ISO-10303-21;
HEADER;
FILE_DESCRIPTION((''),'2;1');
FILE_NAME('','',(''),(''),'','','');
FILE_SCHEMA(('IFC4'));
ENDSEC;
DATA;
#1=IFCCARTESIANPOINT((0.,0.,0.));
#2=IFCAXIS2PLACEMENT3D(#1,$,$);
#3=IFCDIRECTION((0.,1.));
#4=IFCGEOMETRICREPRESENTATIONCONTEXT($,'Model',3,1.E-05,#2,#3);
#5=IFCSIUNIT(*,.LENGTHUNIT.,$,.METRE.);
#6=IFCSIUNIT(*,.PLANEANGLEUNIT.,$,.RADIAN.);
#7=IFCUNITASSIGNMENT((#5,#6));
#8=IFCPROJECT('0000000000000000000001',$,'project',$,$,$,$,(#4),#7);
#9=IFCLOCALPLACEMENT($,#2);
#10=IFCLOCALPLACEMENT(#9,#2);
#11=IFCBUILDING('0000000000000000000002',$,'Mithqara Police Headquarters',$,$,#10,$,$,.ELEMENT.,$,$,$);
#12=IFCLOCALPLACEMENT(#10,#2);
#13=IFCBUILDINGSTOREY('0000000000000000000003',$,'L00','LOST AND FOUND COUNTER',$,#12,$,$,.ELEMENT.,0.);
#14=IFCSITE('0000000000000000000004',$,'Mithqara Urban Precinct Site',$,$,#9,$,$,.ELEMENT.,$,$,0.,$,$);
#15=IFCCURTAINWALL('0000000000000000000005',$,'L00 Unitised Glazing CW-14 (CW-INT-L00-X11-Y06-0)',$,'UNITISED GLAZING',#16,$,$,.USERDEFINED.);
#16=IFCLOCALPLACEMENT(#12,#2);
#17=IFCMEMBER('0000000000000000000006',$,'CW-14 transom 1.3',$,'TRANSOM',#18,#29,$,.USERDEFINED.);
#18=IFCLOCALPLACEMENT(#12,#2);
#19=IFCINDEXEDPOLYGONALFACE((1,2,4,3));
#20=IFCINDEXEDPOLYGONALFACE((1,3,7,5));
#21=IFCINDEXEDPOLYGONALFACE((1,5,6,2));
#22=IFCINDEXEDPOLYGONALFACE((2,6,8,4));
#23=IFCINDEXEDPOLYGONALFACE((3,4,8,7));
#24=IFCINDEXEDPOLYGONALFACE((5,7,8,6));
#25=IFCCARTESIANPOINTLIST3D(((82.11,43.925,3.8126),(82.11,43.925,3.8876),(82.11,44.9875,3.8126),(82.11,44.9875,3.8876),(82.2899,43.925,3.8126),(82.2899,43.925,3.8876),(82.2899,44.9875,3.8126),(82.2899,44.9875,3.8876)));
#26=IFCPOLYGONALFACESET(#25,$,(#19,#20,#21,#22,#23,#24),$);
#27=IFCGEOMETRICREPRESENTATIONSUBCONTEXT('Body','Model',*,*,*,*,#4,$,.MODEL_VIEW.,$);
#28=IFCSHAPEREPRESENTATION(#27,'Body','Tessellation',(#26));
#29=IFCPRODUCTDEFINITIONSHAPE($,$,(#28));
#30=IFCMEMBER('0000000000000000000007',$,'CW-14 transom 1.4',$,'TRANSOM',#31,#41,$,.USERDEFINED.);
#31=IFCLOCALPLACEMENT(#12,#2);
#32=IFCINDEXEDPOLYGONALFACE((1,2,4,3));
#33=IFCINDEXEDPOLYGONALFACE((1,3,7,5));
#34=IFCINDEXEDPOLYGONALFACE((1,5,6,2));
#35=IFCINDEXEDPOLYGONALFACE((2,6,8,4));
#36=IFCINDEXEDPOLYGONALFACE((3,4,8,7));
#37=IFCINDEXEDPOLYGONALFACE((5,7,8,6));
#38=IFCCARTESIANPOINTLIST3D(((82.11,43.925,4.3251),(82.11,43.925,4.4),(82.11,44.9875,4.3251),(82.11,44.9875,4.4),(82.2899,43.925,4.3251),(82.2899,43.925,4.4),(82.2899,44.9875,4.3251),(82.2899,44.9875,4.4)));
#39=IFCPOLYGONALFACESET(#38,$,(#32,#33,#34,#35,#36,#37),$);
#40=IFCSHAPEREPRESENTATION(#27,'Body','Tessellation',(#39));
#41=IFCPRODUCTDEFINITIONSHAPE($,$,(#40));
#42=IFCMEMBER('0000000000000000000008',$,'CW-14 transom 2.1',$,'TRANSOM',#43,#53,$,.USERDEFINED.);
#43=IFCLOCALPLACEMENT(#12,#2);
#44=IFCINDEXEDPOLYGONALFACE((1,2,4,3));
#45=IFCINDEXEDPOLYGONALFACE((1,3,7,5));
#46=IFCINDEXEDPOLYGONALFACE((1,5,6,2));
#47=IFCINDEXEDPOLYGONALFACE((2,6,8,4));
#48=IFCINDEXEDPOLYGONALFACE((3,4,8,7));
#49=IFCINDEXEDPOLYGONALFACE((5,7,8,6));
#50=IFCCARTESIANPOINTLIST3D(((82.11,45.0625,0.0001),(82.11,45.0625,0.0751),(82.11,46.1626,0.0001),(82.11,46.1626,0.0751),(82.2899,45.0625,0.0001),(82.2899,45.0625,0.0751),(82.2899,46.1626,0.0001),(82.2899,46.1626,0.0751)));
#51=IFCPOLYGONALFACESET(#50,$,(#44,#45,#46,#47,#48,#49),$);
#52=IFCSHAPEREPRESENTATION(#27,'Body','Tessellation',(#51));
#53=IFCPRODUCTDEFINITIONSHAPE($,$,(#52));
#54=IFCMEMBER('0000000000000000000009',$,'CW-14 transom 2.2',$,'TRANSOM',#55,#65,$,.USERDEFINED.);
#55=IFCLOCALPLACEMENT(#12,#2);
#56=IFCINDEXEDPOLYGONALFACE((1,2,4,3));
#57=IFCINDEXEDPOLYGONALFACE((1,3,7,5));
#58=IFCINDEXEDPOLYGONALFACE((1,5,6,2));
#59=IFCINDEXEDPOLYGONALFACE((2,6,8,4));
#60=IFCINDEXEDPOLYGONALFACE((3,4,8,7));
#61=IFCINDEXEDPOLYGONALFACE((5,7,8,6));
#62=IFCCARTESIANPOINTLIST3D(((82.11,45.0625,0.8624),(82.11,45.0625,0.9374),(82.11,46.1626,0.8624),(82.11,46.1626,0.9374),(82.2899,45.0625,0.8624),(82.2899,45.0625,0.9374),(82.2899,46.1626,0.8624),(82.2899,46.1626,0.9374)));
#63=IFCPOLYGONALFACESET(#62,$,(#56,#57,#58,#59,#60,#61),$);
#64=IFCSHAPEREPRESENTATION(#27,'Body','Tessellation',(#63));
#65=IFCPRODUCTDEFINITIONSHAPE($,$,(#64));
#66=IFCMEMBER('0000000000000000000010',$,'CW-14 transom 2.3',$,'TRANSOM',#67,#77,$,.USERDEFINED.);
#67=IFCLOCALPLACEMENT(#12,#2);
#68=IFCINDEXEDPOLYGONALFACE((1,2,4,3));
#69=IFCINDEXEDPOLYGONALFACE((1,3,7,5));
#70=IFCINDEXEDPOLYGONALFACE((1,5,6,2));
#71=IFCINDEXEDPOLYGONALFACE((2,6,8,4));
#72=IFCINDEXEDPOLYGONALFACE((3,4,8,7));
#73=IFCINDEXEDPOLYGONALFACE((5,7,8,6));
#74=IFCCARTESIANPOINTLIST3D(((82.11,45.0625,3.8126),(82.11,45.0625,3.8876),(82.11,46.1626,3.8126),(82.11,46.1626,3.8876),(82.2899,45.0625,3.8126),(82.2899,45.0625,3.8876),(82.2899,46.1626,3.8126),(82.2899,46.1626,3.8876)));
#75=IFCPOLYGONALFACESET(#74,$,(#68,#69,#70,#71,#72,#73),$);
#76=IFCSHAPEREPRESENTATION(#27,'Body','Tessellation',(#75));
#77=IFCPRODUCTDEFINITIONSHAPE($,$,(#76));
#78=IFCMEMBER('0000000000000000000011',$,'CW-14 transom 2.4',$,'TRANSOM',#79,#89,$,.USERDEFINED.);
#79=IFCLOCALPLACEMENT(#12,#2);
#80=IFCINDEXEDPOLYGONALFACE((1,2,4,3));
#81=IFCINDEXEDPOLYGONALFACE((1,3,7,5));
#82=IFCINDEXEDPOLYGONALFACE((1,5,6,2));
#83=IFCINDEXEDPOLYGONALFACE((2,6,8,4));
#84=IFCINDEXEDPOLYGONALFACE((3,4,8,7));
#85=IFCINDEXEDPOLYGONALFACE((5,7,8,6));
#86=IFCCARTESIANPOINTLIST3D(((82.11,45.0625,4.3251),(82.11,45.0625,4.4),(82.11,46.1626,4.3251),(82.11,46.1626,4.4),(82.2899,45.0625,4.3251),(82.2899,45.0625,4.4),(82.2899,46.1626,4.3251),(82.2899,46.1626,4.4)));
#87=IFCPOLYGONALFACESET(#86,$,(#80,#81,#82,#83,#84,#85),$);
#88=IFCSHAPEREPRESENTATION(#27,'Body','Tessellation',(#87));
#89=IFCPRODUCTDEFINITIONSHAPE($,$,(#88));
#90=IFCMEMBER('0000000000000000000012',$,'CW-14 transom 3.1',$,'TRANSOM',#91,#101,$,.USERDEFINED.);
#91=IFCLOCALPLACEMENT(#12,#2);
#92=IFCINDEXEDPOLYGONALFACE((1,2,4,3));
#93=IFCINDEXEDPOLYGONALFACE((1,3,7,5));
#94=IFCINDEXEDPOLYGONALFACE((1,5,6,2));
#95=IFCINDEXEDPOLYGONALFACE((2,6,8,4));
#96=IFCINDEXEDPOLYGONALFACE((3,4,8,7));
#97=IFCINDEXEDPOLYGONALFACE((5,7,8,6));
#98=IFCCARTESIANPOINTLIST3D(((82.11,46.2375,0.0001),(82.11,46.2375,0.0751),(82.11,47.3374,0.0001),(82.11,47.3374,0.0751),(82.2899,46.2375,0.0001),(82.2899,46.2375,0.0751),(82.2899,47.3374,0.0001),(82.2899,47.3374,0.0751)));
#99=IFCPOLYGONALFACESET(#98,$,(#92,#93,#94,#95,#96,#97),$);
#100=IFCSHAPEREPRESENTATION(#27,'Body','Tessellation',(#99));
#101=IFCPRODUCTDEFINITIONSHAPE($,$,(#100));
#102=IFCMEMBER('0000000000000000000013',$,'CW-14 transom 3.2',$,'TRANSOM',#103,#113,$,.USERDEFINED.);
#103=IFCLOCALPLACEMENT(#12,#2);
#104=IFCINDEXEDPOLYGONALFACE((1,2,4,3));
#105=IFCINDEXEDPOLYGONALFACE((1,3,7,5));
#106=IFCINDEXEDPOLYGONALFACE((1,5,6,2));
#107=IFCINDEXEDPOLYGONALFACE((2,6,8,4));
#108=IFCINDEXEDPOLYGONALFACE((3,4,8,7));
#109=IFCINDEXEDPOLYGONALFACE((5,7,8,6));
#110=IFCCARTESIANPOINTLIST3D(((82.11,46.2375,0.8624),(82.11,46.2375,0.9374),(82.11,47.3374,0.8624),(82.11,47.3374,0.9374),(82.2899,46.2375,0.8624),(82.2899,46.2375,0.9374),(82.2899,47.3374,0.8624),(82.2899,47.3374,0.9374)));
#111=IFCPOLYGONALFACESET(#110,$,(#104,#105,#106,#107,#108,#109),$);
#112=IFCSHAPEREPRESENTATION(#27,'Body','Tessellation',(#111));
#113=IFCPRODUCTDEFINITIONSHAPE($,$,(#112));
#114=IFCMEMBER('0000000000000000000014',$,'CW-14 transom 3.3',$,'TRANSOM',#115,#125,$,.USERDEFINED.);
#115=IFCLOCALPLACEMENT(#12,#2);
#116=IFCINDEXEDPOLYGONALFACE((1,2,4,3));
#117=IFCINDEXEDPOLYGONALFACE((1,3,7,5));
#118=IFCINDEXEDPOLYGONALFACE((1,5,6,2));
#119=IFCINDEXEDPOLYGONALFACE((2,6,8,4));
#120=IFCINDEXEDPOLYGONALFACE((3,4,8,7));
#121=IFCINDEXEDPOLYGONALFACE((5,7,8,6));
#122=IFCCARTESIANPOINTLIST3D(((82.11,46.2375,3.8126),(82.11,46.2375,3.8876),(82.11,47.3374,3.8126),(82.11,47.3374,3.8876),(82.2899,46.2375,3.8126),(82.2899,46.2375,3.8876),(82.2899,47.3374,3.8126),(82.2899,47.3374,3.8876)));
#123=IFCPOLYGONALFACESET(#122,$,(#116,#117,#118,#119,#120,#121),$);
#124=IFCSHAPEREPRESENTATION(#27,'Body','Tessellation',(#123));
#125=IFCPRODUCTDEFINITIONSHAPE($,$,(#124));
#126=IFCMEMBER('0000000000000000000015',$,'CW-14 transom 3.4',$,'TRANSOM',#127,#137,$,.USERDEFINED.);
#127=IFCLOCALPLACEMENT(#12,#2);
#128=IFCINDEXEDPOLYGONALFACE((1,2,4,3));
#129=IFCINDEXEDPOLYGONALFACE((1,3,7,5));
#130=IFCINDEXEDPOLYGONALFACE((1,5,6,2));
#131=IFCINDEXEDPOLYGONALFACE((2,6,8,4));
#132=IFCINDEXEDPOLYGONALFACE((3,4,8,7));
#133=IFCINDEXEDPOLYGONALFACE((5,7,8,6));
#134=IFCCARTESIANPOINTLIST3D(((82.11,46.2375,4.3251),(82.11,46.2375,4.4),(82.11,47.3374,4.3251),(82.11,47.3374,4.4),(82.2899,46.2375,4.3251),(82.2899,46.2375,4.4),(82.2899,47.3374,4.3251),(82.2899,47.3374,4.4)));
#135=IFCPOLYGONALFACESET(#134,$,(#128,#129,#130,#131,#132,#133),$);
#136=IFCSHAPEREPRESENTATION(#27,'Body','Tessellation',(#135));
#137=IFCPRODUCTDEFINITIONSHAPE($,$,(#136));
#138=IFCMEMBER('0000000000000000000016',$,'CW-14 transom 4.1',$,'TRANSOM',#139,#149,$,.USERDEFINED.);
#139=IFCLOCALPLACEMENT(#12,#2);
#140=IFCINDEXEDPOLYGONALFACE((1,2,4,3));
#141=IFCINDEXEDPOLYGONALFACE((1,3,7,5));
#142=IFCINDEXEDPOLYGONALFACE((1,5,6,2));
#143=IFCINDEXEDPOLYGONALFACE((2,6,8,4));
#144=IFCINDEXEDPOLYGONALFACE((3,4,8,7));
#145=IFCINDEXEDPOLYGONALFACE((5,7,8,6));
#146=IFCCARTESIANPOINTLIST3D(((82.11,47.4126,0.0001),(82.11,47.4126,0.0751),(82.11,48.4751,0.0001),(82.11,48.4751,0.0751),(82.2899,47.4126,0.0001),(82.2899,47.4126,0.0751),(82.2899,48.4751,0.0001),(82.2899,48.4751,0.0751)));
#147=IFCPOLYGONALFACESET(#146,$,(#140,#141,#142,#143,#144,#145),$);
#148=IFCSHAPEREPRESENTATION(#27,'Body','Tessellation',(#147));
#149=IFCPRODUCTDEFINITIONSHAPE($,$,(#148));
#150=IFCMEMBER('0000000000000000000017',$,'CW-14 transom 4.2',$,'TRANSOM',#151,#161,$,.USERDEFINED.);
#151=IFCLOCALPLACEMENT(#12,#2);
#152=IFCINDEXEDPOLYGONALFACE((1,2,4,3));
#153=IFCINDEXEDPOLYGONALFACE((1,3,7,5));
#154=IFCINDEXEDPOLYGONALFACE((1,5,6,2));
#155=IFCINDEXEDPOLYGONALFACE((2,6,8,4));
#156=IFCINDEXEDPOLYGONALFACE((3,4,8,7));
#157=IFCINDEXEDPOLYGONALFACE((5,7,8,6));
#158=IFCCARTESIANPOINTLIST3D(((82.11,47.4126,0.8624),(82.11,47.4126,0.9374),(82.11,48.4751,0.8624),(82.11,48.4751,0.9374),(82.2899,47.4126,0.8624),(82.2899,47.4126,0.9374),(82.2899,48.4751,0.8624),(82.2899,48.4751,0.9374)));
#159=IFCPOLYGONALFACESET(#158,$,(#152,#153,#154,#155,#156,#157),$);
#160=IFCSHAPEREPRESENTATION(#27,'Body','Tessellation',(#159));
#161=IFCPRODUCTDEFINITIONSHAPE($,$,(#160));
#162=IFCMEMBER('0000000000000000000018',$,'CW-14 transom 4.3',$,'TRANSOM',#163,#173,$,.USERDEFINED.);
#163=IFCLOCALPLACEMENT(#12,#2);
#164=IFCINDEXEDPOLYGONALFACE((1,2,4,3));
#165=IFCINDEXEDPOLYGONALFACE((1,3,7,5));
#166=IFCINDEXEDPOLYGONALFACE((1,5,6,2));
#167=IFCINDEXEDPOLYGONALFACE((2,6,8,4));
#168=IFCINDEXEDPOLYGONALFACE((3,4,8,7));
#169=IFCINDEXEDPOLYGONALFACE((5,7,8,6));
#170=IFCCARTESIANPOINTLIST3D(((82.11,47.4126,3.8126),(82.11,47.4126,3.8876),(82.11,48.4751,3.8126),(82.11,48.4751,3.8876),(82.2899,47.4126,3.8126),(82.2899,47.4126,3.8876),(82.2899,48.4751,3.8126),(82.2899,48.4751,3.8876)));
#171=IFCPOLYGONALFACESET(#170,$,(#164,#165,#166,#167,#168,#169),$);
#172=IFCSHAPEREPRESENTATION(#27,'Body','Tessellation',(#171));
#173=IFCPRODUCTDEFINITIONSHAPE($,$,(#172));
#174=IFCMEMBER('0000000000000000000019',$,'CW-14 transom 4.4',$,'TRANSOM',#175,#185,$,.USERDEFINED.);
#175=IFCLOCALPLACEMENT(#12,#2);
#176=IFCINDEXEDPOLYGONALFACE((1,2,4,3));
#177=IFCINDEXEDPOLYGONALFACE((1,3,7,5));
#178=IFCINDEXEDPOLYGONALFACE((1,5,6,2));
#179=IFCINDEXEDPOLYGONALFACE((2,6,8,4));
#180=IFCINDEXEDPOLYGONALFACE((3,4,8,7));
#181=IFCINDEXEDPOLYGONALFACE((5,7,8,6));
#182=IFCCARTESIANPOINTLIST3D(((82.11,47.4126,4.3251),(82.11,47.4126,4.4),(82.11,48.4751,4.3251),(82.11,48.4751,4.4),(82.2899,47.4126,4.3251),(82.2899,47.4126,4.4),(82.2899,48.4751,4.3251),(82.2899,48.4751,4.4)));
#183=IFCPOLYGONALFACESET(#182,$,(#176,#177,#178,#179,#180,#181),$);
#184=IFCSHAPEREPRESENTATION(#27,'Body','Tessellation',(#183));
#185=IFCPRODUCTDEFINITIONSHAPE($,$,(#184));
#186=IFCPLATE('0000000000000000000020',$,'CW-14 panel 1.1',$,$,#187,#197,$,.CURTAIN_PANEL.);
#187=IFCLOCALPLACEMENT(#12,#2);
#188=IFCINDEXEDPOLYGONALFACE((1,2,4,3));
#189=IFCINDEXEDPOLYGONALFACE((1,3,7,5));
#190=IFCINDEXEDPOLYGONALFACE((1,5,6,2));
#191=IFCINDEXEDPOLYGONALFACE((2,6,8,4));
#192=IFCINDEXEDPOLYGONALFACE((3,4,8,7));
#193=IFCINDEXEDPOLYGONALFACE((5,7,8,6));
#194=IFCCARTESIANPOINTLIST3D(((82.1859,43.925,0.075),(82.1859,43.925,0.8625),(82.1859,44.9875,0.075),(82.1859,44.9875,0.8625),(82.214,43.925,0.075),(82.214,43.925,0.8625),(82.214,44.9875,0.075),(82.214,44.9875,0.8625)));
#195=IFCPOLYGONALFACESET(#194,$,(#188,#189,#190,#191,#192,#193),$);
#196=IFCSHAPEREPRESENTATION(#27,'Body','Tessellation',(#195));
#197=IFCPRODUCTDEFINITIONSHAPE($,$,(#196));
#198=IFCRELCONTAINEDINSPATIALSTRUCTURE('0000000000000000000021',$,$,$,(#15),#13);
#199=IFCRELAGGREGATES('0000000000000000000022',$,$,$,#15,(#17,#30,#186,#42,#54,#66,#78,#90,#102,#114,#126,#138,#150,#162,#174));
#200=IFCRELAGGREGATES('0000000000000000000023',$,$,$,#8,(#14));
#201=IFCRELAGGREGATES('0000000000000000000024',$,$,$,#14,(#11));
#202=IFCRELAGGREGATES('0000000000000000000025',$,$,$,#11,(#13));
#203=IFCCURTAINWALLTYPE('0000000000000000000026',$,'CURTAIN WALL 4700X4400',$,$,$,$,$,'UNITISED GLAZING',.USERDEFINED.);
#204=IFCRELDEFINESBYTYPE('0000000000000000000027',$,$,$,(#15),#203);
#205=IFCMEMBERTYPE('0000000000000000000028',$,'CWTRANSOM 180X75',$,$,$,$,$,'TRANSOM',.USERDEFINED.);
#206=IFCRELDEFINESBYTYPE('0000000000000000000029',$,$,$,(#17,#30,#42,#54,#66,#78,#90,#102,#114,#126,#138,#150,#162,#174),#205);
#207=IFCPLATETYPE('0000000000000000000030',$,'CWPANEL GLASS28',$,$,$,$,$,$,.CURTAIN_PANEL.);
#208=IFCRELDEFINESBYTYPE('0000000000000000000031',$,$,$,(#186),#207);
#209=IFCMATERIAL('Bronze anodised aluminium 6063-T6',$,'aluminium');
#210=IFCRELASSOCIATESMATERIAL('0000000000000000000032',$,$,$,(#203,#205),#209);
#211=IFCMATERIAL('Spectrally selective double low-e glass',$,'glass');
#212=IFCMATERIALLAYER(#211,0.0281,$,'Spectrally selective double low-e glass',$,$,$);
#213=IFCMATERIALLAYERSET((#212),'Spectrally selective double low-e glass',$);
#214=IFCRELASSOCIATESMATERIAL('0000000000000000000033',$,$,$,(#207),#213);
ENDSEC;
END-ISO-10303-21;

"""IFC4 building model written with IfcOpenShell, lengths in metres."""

from ifc_helpers import new_model, si_unit, direction, frame, origin, origin_2d, place, context, subcontext, project, spatial, rectangle, extrude, material, layer, layer_set, material_profile, profile_set, type_object, element, aggregate, save


model = new_model("IFC4")

# Units and contexts
model_context = context("Model", 3, precision=1e-05, world=origin(), true_north=direction((0.0, 1.0)))
body_context = subcontext(model_context, "Body", "Model", "MODEL_VIEW")
ifc_project = project(units=[si_unit("LENGTHUNIT", "METRE"), si_unit("PLANEANGLEUNIT", "RADIAN")], contexts=[model_context])

# Site, building, storey
site_placement = place(None, origin())
site = spatial("IfcSite", under=ifc_project, at=site_placement, Name="Mithqara Urban Precinct Site", CompositionType="ELEMENT", RefElevation=0.0)
building_placement = place(site_placement, origin())
building = spatial("IfcBuilding", under=site, at=building_placement, Name="Mithqara Police Headquarters", CompositionType="ELEMENT")
storey_placement = place(building_placement, origin())
storey = spatial("IfcBuildingStorey", under=building, at=storey_placement, Name="L00", Description="LOST AND FOUND COUNTER", CompositionType="ELEMENT", Elevation=0.0)

# Curtain wall, members, plate
ifc_material_1 = material(Name="Bronze anodised aluminium 6063-T6", Category="aluminium")
curtain_wall_type = type_object("IfcCurtainWallType", Name="CURTAIN WALL 4700X4400", ElementType="UNITISED GLAZING", PredefinedType="USERDEFINED", material=ifc_material_1)
curtain_wall_placement = place(storey_placement, origin())
curtain_wall = element("IfcCurtainWall", 1, at=curtain_wall_placement, inside=storey, type_object=curtain_wall_type, Name="L00 Unitised Glazing CW-14 (CW-INT-L00-X11-Y06-0)", ObjectType="UNITISED GLAZING", PredefinedType="USERDEFINED")
ifc_material_profile_1 = material_profile(ifc_material_1, rectangle(XDim=0.1799, YDim=0.075, at=origin_2d()), Name="CWT 180x75")
ifc_profile_set_1 = profile_set([ifc_material_profile_1], Name="Bronze anodised aluminium 6063-T6")
member_type_1 = type_object("IfcMemberType", Name="CWTRANSOM 180X75", ElementType="TRANSOM", PredefinedType="USERDEFINED", material=ifc_profile_set_1)
member_1_placement = place(storey_placement, frame((82.2, 43.925, 3.8501), z_axis=(0.0, 1.0, 0.0), x_axis=(-1.0, 0.0, 0.0)))
member_1 = element("IfcMember", 2, at=member_1_placement, type_object=member_type_1, Name="CW-14 transom 1.3", ObjectType="TRANSOM", PredefinedType="USERDEFINED", context=body_context, shape_type="SweptSolid", body=[
    extrude(rectangle(XDim=0.1799, YDim=0.075, at=origin_2d()), origin(), (0.0, 0.0, 1.0), 1.0625),
])
member_2_placement = place(storey_placement, frame((82.2, 43.925, 4.3625), z_axis=(0.0, 1.0, 0.0), x_axis=(-1.0, 0.0, 0.0)))
member_2 = element("IfcMember", 3, at=member_2_placement, type_object=member_type_1, Name="CW-14 transom 1.4", ObjectType="TRANSOM", PredefinedType="USERDEFINED", context=body_context, shape_type="SweptSolid", body=[
    extrude(rectangle(XDim=0.1799, YDim=0.075, at=origin_2d()), origin(), (0.0, 0.0, 1.0), 1.0625),
])
member_3_placement = place(storey_placement, frame((82.2, 45.0625, 0.0376), z_axis=(0.0, 1.0, 0.0), x_axis=(-1.0, 0.0, 0.0)))
member_3 = element("IfcMember", 4, at=member_3_placement, type_object=member_type_1, Name="CW-14 transom 2.1", ObjectType="TRANSOM", PredefinedType="USERDEFINED", context=body_context, shape_type="SweptSolid", body=[
    extrude(rectangle(XDim=0.1799, YDim=0.075, at=origin_2d()), origin(), (0.0, 0.0, 1.0), 1.1001),
])
member_4_placement = place(storey_placement, frame((82.2, 45.0625, 0.8999), z_axis=(0.0, 1.0, 0.0), x_axis=(-1.0, 0.0, 0.0)))
member_4 = element("IfcMember", 5, at=member_4_placement, type_object=member_type_1, Name="CW-14 transom 2.2", ObjectType="TRANSOM", PredefinedType="USERDEFINED", context=body_context, shape_type="SweptSolid", body=[
    extrude(rectangle(XDim=0.1799, YDim=0.075, at=origin_2d()), origin(), (0.0, 0.0, 1.0), 1.1001),
])
member_5_placement = place(storey_placement, frame((82.2, 45.0625, 3.8501), z_axis=(0.0, 1.0, 0.0), x_axis=(-1.0, 0.0, 0.0)))
member_5 = element("IfcMember", 6, at=member_5_placement, type_object=member_type_1, Name="CW-14 transom 2.3", ObjectType="TRANSOM", PredefinedType="USERDEFINED", context=body_context, shape_type="SweptSolid", body=[
    extrude(rectangle(XDim=0.1799, YDim=0.075, at=origin_2d()), origin(), (0.0, 0.0, 1.0), 1.1001),
])
member_6_placement = place(storey_placement, frame((82.2, 45.0625, 4.3625), z_axis=(0.0, 1.0, 0.0), x_axis=(-1.0, 0.0, 0.0)))
member_6 = element("IfcMember", 7, at=member_6_placement, type_object=member_type_1, Name="CW-14 transom 2.4", ObjectType="TRANSOM", PredefinedType="USERDEFINED", context=body_context, shape_type="SweptSolid", body=[
    extrude(rectangle(XDim=0.1799, YDim=0.075, at=origin_2d()), origin(), (0.0, 0.0, 1.0), 1.1001),
])
member_7_placement = place(storey_placement, frame((82.2, 46.2375, 0.0376), z_axis=(0.0, 1.0, 0.0), x_axis=(-1.0, 0.0, 0.0)))
member_7 = element("IfcMember", 8, at=member_7_placement, type_object=member_type_1, Name="CW-14 transom 3.1", ObjectType="TRANSOM", PredefinedType="USERDEFINED", context=body_context, shape_type="SweptSolid", body=[
    extrude(rectangle(XDim=0.1799, YDim=0.075, at=origin_2d()), origin(), (0.0, 0.0, 1.0), 1.0999),
])
member_8_placement = place(storey_placement, frame((82.2, 46.2375, 0.8999), z_axis=(0.0, 1.0, 0.0), x_axis=(-1.0, 0.0, 0.0)))
member_8 = element("IfcMember", 9, at=member_8_placement, type_object=member_type_1, Name="CW-14 transom 3.2", ObjectType="TRANSOM", PredefinedType="USERDEFINED", context=body_context, shape_type="SweptSolid", body=[
    extrude(rectangle(XDim=0.1799, YDim=0.075, at=origin_2d()), origin(), (0.0, 0.0, 1.0), 1.0999),
])
member_9_placement = place(storey_placement, frame((82.2, 46.2375, 3.8501), z_axis=(0.0, 1.0, 0.0), x_axis=(-1.0, 0.0, 0.0)))
member_9 = element("IfcMember", 10, at=member_9_placement, type_object=member_type_1, Name="CW-14 transom 3.3", ObjectType="TRANSOM", PredefinedType="USERDEFINED", context=body_context, shape_type="SweptSolid", body=[
    extrude(rectangle(XDim=0.1799, YDim=0.075, at=origin_2d()), origin(), (0.0, 0.0, 1.0), 1.0999),
])
member_10_placement = place(storey_placement, frame((82.2, 46.2375, 4.3625), z_axis=(0.0, 1.0, 0.0), x_axis=(-1.0, 0.0, 0.0)))
member_10 = element("IfcMember", 11, at=member_10_placement, type_object=member_type_1, Name="CW-14 transom 3.4", ObjectType="TRANSOM", PredefinedType="USERDEFINED", context=body_context, shape_type="SweptSolid", body=[
    extrude(rectangle(XDim=0.1799, YDim=0.075, at=origin_2d()), origin(), (0.0, 0.0, 1.0), 1.0999),
])
member_11_placement = place(storey_placement, frame((82.2, 47.4126, 0.0376), z_axis=(0.0, 1.0, 0.0), x_axis=(-1.0, 0.0, 0.0)))
member_11 = element("IfcMember", 12, at=member_11_placement, type_object=member_type_1, Name="CW-14 transom 4.1", ObjectType="TRANSOM", PredefinedType="USERDEFINED", context=body_context, shape_type="SweptSolid", body=[
    extrude(rectangle(XDim=0.1799, YDim=0.075, at=origin_2d()), origin(), (0.0, 0.0, 1.0), 1.0625),
])
member_12_placement = place(storey_placement, frame((82.2, 47.4126, 0.8999), z_axis=(0.0, 1.0, 0.0), x_axis=(-1.0, 0.0, 0.0)))
member_12 = element("IfcMember", 13, at=member_12_placement, type_object=member_type_1, Name="CW-14 transom 4.2", ObjectType="TRANSOM", PredefinedType="USERDEFINED", context=body_context, shape_type="SweptSolid", body=[
    extrude(rectangle(XDim=0.1799, YDim=0.075, at=origin_2d()), origin(), (0.0, 0.0, 1.0), 1.0625),
])
member_13_placement = place(storey_placement, frame((82.2, 47.4126, 3.8501), z_axis=(0.0, 1.0, 0.0), x_axis=(-1.0, 0.0, 0.0)))
member_13 = element("IfcMember", 14, at=member_13_placement, type_object=member_type_1, Name="CW-14 transom 4.3", ObjectType="TRANSOM", PredefinedType="USERDEFINED", context=body_context, shape_type="SweptSolid", body=[
    extrude(rectangle(XDim=0.1799, YDim=0.075, at=origin_2d()), origin(), (0.0, 0.0, 1.0), 1.0625),
])
member_14_placement = place(storey_placement, frame((82.2, 47.4126, 4.3625), z_axis=(0.0, 1.0, 0.0), x_axis=(-1.0, 0.0, 0.0)))
member_14 = element("IfcMember", 15, at=member_14_placement, type_object=member_type_1, Name="CW-14 transom 4.4", ObjectType="TRANSOM", PredefinedType="USERDEFINED", context=body_context, shape_type="SweptSolid", body=[
    extrude(rectangle(XDim=0.1799, YDim=0.075, at=origin_2d()), origin(), (0.0, 0.0, 1.0), 1.0625),
])
ifc_material_2 = material(Name="Spectrally selective double low-e glass", Category="glass")
ifc_layer_1 = layer(ifc_material_2, 0.0281, Name="Spectrally selective double low-e glass")
ifc_layer_set_1 = layer_set([ifc_layer_1], Name="Spectrally selective double low-e glass")
plate_type = type_object("IfcPlateType", Name="CWPANEL GLASS28", PredefinedType="CURTAIN_PANEL", material=ifc_layer_set_1)
plate_1_placement = place(storey_placement, frame((82.2, 44.4563, 0.075), z_axis=(0.0, 0.0, 1.0), x_axis=(0.0, 1.0, 0.0)))
plate_1 = element("IfcPlate", 16, at=plate_1_placement, type_object=plate_type, Name="CW-14 panel 1.1", PredefinedType="CURTAIN_PANEL", context=body_context, shape_type="SweptSolid", body=[
    extrude(rectangle(XDim=1.0625, YDim=0.0281, at=origin_2d()), origin(), (0.0, 0.0, 1.0), 0.7876),
])
aggregate(curtain_wall, [member_1, member_2, plate_1, member_3, member_4, member_5, member_6, member_7, member_8, member_9, member_10, member_11, member_12, member_13, member_14])

save(model, "model.ifc")
